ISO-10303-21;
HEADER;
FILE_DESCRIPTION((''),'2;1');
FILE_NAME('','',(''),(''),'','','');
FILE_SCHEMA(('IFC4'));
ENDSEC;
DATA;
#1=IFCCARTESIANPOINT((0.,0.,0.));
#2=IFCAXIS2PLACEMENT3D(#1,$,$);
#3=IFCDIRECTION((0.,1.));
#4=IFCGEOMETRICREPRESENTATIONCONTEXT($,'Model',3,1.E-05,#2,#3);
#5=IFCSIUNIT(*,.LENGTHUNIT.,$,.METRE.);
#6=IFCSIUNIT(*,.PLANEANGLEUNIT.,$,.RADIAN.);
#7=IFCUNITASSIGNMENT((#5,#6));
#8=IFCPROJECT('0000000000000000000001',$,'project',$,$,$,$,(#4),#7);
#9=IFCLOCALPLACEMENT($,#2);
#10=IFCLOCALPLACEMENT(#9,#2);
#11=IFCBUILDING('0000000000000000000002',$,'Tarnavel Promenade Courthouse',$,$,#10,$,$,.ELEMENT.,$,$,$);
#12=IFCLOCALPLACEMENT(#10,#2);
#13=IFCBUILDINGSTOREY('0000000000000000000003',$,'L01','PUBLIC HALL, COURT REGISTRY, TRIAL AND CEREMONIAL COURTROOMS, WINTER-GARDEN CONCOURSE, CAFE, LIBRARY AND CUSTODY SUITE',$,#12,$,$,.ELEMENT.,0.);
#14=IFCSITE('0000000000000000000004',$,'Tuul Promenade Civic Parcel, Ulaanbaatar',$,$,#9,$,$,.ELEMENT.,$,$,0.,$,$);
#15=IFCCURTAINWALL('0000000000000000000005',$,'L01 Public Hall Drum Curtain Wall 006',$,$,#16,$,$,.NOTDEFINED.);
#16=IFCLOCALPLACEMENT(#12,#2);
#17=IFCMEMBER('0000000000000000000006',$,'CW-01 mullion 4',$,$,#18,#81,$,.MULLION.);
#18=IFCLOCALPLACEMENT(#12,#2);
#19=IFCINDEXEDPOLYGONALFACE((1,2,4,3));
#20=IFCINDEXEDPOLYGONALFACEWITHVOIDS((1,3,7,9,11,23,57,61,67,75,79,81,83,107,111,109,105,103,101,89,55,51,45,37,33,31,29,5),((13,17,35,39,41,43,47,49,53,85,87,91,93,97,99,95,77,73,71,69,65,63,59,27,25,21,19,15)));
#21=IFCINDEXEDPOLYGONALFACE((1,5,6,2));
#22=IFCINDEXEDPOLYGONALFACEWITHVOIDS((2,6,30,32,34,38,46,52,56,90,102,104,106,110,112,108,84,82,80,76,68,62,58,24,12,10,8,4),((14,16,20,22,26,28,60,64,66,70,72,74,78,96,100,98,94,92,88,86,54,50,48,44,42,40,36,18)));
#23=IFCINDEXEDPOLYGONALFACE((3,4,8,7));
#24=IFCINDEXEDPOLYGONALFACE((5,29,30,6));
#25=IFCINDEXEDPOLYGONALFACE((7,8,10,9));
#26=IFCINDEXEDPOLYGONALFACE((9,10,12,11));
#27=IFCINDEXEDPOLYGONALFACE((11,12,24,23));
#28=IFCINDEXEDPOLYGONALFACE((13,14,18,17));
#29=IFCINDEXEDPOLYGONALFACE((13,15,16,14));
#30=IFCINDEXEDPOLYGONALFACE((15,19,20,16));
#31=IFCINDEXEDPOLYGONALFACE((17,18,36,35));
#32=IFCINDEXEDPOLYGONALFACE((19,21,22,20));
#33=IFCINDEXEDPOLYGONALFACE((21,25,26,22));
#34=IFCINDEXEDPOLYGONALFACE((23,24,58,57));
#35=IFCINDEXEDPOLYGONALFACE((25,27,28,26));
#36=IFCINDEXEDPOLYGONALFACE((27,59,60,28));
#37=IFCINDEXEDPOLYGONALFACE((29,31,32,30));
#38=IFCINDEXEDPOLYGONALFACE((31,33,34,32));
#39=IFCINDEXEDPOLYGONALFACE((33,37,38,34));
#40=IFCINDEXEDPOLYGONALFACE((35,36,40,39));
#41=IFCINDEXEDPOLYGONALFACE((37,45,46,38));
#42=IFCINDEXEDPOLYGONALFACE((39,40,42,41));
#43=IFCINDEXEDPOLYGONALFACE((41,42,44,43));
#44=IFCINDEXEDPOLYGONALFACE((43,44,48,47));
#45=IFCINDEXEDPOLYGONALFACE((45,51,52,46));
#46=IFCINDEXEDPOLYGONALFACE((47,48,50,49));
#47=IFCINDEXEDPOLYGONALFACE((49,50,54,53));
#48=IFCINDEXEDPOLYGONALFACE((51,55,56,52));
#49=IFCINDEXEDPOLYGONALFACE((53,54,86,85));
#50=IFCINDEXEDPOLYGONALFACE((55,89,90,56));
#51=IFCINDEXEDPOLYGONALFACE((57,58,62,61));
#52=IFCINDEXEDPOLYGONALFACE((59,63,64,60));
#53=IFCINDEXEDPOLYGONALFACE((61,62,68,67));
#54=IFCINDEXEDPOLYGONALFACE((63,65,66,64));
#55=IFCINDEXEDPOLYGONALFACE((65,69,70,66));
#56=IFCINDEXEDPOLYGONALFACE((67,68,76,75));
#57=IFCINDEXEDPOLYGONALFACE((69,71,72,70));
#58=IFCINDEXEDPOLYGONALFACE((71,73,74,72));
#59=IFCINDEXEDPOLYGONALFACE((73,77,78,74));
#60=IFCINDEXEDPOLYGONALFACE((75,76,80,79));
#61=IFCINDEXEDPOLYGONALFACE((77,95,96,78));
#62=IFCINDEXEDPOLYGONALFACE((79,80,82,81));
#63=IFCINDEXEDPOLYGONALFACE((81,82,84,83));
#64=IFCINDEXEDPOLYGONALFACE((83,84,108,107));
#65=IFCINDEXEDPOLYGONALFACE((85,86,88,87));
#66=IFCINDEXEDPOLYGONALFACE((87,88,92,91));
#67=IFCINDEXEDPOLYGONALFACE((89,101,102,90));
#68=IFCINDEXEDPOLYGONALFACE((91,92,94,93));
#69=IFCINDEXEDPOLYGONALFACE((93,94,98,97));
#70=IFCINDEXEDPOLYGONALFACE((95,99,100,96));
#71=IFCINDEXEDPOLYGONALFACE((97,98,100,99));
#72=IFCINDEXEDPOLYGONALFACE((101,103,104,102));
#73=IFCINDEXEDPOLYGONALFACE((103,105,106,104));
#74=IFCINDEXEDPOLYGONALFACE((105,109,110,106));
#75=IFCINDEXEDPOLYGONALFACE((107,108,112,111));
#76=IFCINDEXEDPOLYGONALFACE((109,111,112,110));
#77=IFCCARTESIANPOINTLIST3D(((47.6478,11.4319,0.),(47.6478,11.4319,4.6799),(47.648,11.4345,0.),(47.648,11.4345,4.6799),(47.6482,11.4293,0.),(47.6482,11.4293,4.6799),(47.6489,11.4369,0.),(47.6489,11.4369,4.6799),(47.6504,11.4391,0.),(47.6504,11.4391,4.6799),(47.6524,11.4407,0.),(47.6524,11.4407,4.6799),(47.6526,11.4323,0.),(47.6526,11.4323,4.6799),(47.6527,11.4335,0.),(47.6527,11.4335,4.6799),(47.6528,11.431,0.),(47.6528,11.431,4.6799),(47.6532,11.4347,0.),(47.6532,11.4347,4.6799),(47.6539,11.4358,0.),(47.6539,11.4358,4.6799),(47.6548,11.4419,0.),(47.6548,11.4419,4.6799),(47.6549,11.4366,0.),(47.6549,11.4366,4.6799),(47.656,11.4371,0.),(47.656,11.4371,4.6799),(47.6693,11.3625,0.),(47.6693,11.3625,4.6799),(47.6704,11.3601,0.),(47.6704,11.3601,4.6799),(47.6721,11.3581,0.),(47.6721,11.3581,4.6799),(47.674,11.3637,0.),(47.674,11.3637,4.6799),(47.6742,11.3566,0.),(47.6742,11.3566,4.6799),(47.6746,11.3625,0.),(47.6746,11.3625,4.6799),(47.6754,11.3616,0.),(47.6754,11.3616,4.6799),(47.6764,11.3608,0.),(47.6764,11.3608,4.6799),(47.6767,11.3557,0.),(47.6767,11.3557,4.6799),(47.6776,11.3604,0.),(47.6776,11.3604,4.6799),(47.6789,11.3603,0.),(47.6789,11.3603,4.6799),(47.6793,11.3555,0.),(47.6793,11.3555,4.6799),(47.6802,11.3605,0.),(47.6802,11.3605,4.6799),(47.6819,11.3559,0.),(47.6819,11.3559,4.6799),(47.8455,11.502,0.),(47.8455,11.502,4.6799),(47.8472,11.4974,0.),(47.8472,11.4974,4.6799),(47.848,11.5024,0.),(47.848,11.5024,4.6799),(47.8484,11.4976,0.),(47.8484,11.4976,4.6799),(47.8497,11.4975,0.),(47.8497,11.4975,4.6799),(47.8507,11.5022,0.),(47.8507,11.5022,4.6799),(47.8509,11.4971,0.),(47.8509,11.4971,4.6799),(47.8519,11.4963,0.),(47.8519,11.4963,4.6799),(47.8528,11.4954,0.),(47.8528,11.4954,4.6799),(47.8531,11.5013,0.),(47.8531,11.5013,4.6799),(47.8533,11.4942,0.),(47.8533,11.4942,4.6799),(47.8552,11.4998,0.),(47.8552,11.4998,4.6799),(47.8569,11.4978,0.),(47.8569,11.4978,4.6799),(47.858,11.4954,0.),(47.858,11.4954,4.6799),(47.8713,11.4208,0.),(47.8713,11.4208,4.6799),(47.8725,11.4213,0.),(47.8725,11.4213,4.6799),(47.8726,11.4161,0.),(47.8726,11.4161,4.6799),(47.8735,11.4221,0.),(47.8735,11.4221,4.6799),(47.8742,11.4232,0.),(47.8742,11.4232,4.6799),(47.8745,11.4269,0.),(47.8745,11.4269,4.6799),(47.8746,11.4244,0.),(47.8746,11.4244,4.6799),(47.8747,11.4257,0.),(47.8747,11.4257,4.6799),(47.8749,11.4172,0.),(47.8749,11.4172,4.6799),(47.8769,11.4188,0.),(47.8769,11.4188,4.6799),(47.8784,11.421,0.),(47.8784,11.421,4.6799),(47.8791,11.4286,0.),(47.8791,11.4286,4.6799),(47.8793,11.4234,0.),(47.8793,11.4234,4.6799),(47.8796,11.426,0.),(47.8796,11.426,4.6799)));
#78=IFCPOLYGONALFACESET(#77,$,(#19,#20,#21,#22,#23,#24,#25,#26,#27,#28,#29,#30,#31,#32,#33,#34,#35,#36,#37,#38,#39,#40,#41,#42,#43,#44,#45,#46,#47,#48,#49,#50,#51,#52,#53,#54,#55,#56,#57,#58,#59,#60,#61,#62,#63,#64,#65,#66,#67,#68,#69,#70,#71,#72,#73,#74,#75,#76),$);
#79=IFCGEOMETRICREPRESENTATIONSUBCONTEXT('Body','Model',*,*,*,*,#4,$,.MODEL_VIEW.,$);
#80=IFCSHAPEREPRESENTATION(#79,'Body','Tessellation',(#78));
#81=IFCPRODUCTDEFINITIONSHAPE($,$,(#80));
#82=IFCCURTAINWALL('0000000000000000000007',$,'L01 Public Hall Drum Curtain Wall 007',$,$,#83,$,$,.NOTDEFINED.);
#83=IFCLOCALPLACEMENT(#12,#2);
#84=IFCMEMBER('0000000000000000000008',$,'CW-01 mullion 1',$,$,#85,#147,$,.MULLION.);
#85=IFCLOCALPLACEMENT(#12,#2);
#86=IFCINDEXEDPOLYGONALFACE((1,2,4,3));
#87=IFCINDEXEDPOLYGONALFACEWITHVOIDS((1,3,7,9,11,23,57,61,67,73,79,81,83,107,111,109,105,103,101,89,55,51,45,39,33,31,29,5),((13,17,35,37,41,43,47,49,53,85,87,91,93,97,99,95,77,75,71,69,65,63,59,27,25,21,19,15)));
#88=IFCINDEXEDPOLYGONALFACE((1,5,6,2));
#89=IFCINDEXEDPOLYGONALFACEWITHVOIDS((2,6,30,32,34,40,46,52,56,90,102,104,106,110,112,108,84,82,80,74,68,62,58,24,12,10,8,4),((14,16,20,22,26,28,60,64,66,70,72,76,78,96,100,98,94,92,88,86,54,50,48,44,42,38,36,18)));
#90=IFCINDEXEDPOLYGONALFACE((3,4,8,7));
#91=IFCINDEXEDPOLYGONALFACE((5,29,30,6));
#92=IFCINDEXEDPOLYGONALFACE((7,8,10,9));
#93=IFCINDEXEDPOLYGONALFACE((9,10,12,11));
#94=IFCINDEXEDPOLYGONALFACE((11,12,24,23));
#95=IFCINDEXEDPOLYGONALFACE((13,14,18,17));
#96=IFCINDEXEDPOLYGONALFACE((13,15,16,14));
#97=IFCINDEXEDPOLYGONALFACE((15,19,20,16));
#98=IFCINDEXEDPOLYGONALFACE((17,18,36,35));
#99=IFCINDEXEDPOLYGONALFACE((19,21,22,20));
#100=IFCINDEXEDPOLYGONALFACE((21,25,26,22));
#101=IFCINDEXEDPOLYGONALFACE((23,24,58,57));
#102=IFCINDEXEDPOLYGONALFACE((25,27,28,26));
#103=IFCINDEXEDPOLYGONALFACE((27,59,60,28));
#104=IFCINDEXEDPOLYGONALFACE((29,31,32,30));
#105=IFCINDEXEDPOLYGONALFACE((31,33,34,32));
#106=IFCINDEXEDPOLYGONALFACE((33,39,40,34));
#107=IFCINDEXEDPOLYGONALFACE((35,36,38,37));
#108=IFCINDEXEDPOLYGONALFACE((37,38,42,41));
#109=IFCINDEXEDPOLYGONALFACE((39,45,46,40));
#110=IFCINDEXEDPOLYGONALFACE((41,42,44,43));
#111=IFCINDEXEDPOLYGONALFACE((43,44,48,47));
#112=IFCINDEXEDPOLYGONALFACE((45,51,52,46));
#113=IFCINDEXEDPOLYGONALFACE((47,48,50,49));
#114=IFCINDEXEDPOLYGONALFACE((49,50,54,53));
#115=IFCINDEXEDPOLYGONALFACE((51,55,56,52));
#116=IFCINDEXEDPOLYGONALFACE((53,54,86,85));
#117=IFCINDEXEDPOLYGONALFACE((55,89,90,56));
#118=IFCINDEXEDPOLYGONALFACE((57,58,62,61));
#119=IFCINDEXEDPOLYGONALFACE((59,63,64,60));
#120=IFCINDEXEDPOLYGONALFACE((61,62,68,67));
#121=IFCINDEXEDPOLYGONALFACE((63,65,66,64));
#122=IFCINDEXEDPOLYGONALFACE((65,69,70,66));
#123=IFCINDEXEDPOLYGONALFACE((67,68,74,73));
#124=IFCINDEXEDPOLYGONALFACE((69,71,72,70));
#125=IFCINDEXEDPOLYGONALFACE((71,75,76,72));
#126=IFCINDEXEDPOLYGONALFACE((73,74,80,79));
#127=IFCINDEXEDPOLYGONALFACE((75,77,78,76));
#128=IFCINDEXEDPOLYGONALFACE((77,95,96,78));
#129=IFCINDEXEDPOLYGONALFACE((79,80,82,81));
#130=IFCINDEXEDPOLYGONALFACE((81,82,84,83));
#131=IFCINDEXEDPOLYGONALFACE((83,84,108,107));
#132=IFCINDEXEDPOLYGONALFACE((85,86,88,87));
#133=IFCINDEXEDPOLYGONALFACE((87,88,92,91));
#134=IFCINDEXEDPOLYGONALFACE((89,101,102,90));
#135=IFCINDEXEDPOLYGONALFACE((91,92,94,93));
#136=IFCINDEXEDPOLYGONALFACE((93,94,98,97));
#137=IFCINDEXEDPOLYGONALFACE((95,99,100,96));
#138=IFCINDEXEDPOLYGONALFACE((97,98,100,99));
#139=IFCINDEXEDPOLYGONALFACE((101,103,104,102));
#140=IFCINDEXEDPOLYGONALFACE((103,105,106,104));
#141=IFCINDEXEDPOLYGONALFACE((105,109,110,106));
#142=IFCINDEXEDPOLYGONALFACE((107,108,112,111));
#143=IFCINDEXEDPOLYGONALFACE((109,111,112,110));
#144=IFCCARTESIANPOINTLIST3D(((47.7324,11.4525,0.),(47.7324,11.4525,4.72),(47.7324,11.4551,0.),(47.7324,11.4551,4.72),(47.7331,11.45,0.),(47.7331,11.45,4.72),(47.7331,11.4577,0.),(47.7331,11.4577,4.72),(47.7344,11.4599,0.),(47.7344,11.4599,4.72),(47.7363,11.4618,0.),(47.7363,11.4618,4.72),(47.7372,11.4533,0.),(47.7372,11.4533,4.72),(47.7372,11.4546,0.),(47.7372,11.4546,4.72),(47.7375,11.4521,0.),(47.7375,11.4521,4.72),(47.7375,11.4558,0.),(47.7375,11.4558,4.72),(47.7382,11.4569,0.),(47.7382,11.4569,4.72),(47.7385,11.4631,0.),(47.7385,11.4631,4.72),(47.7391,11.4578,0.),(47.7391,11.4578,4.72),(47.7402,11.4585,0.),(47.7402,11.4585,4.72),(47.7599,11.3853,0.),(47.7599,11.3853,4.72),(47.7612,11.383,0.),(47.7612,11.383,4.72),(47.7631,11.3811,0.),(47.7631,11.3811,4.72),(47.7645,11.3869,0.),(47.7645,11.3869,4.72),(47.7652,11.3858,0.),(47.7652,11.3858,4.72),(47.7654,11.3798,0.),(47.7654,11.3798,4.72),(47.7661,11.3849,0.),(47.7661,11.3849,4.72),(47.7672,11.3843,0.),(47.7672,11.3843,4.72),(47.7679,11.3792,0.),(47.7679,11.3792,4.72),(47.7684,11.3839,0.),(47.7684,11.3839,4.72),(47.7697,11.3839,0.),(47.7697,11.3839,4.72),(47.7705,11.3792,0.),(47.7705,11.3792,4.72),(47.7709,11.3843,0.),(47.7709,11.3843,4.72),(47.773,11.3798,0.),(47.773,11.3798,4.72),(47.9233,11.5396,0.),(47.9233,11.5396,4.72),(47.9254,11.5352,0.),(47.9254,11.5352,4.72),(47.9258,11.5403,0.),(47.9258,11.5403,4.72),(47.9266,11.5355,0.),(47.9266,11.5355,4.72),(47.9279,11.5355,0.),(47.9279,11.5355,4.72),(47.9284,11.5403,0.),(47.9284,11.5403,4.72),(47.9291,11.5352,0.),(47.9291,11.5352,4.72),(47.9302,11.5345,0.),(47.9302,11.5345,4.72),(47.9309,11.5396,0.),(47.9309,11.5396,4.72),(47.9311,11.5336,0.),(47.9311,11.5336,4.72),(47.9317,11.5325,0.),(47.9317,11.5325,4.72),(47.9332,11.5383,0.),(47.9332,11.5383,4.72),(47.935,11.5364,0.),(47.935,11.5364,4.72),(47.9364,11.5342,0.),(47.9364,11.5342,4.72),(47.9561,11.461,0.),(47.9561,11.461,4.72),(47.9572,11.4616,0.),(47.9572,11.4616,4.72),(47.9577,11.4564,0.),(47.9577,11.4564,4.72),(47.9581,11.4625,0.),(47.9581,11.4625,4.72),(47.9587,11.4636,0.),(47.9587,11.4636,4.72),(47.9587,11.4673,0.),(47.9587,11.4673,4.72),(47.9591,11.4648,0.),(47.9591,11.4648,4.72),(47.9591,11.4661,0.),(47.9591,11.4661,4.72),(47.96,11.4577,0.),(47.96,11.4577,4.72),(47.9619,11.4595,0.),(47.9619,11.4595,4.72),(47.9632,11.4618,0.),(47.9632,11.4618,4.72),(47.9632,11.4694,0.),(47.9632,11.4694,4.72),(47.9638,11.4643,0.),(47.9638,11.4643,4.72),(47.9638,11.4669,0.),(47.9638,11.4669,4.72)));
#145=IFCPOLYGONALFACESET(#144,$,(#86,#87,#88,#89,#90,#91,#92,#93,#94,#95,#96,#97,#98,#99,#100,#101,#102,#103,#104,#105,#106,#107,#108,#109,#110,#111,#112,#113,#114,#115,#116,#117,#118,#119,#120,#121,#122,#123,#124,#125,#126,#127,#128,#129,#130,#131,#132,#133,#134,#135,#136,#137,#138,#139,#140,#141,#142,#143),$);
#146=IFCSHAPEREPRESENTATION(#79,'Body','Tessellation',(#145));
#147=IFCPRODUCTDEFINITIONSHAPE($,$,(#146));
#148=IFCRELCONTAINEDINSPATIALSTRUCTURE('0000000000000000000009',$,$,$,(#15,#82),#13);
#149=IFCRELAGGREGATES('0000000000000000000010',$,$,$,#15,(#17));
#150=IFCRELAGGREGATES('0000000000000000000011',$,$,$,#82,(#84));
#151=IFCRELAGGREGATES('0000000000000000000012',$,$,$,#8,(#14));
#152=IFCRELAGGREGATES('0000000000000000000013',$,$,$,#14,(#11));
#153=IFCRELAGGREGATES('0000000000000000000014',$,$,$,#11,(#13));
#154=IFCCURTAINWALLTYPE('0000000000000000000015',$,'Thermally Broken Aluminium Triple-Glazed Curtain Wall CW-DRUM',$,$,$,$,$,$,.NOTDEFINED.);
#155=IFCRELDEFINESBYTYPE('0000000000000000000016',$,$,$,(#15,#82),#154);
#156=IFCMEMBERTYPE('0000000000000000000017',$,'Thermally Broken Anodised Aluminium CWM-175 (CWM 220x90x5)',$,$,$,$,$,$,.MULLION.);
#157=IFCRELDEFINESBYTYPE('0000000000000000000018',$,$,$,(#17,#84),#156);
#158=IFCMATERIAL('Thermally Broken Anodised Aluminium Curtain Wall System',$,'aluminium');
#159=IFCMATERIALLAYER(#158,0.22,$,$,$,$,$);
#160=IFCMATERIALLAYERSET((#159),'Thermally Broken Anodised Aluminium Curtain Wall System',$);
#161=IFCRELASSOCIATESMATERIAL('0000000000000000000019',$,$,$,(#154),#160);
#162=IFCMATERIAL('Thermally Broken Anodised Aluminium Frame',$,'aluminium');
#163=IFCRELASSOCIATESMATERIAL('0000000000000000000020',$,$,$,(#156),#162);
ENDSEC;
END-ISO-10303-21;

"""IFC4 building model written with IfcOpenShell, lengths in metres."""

from ifc_helpers import new_model, si_unit, direction, frame, origin, origin_2d, place, context, subcontext, project, spatial, hollow_rectangle, extrude, material, layer, layer_set, material_profile, profile_set, type_object, element, aggregate, save


model = new_model("IFC4")

# Units and contexts
model_context = context("Model", 3, precision=1e-05, world=origin(), true_north=direction((0.0, 1.0)))
body_context = subcontext(model_context, "Body", "Model", "MODEL_VIEW")
ifc_project = project(units=[si_unit("LENGTHUNIT", "METRE"), si_unit("PLANEANGLEUNIT", "RADIAN")], contexts=[model_context])

# Site, building, storey
site_placement = place(None, origin())
site = spatial("IfcSite", under=ifc_project, at=site_placement, Name="Tuul Promenade Civic Parcel, Ulaanbaatar", CompositionType="ELEMENT", RefElevation=0.0)
building_placement = place(site_placement, origin())
building = spatial("IfcBuilding", under=site, at=building_placement, Name="Tarnavel Promenade Courthouse", CompositionType="ELEMENT")
storey_placement = place(building_placement, origin())
storey = spatial("IfcBuildingStorey", under=building, at=storey_placement, Name="L01", Description="PUBLIC HALL, COURT REGISTRY, TRIAL AND CEREMONIAL COURTROOMS, WINTER-GARDEN CONCOURSE, CAFE, LIBRARY AND CUSTODY SUITE", CompositionType="ELEMENT", Elevation=0.0)

# Curtain walls, members
ifc_material_1 = material(Name="Thermally Broken Anodised Aluminium Curtain Wall System", Category="aluminium")
ifc_layer_1 = layer(ifc_material_1, 0.22)
ifc_layer_set_1 = layer_set([ifc_layer_1], Name="Thermally Broken Anodised Aluminium Curtain Wall System")
curtain_wall_type = type_object("IfcCurtainWallType", Name="Thermally Broken Aluminium Triple-Glazed Curtain Wall CW-DRUM", PredefinedType="NOTDEFINED", material=ifc_layer_set_1)
curtain_wall_1_placement = place(storey_placement, origin())
curtain_wall_1 = element("IfcCurtainWall", 1, at=curtain_wall_1_placement, inside=storey, type_object=curtain_wall_type, Name="L01 Public Hall Drum Curtain Wall 006", PredefinedType="NOTDEFINED")
ifc_material_2 = material(Name="Thermally Broken Anodised Aluminium Frame", Category="aluminium")
ifc_material_profile_1 = material_profile(ifc_material_2, hollow_rectangle(XDim=0.0901, YDim=0.22, WallThickness=0.0049, InnerFilletRadius=0.0049, OuterFilletRadius=0.01, at=origin_2d()), Name="CWM 220x90x5")
ifc_profile_set_1 = profile_set([ifc_material_profile_1], Name="Thermally Broken Anodised Aluminium Frame")
member_type_1 = type_object("IfcMemberType", Name="Thermally Broken Anodised Aluminium CWM-175 (CWM 220x90x5)", PredefinedType="MULLION", material=ifc_profile_set_1)
member_1_placement = place(storey_placement, frame((47.7637, 11.429, 0.0), z_axis=(0.0, 0.0, 1.0), x_axis=(-0.300704, 0.953718, 0.0)))
member_1 = element("IfcMember", 2, at=member_1_placement, type_object=member_type_1, Name="CW-01 mullion 4", PredefinedType="MULLION", context=body_context, shape_type="SweptSolid", body=[
    extrude(hollow_rectangle(XDim=0.0901, YDim=0.22, WallThickness=0.0049, InnerFilletRadius=0.0049, OuterFilletRadius=0.01, at=origin_2d()), origin(), (0.0, 0.0, 1.0), 4.6799),
])
curtain_wall_2_placement = place(storey_placement, origin())
curtain_wall_2 = element("IfcCurtainWall", 3, at=curtain_wall_2_placement, inside=storey, type_object=curtain_wall_type, Name="L01 Public Hall Drum Curtain Wall 007", PredefinedType="NOTDEFINED")
member_2_placement = place(storey_placement, frame((47.8481, 11.4597, 0.0), z_axis=(0.0, 0.0, 1.0), x_axis=(-0.382685, 0.923879, 0.0)))
member_2 = element("IfcMember", 4, at=member_2_placement, type_object=member_type_1, Name="CW-01 mullion 1", PredefinedType="MULLION", context=body_context, shape_type="SweptSolid", body=[
    extrude(hollow_rectangle(XDim=0.0901, YDim=0.22, WallThickness=0.0049, InnerFilletRadius=0.0049, OuterFilletRadius=0.01, at=origin_2d()), origin(), (0.0, 0.0, 1.0), 4.72),
])

aggregate(curtain_wall_1, [member_1])
aggregate(curtain_wall_2, [member_2])

save(model, "model.ifc")
